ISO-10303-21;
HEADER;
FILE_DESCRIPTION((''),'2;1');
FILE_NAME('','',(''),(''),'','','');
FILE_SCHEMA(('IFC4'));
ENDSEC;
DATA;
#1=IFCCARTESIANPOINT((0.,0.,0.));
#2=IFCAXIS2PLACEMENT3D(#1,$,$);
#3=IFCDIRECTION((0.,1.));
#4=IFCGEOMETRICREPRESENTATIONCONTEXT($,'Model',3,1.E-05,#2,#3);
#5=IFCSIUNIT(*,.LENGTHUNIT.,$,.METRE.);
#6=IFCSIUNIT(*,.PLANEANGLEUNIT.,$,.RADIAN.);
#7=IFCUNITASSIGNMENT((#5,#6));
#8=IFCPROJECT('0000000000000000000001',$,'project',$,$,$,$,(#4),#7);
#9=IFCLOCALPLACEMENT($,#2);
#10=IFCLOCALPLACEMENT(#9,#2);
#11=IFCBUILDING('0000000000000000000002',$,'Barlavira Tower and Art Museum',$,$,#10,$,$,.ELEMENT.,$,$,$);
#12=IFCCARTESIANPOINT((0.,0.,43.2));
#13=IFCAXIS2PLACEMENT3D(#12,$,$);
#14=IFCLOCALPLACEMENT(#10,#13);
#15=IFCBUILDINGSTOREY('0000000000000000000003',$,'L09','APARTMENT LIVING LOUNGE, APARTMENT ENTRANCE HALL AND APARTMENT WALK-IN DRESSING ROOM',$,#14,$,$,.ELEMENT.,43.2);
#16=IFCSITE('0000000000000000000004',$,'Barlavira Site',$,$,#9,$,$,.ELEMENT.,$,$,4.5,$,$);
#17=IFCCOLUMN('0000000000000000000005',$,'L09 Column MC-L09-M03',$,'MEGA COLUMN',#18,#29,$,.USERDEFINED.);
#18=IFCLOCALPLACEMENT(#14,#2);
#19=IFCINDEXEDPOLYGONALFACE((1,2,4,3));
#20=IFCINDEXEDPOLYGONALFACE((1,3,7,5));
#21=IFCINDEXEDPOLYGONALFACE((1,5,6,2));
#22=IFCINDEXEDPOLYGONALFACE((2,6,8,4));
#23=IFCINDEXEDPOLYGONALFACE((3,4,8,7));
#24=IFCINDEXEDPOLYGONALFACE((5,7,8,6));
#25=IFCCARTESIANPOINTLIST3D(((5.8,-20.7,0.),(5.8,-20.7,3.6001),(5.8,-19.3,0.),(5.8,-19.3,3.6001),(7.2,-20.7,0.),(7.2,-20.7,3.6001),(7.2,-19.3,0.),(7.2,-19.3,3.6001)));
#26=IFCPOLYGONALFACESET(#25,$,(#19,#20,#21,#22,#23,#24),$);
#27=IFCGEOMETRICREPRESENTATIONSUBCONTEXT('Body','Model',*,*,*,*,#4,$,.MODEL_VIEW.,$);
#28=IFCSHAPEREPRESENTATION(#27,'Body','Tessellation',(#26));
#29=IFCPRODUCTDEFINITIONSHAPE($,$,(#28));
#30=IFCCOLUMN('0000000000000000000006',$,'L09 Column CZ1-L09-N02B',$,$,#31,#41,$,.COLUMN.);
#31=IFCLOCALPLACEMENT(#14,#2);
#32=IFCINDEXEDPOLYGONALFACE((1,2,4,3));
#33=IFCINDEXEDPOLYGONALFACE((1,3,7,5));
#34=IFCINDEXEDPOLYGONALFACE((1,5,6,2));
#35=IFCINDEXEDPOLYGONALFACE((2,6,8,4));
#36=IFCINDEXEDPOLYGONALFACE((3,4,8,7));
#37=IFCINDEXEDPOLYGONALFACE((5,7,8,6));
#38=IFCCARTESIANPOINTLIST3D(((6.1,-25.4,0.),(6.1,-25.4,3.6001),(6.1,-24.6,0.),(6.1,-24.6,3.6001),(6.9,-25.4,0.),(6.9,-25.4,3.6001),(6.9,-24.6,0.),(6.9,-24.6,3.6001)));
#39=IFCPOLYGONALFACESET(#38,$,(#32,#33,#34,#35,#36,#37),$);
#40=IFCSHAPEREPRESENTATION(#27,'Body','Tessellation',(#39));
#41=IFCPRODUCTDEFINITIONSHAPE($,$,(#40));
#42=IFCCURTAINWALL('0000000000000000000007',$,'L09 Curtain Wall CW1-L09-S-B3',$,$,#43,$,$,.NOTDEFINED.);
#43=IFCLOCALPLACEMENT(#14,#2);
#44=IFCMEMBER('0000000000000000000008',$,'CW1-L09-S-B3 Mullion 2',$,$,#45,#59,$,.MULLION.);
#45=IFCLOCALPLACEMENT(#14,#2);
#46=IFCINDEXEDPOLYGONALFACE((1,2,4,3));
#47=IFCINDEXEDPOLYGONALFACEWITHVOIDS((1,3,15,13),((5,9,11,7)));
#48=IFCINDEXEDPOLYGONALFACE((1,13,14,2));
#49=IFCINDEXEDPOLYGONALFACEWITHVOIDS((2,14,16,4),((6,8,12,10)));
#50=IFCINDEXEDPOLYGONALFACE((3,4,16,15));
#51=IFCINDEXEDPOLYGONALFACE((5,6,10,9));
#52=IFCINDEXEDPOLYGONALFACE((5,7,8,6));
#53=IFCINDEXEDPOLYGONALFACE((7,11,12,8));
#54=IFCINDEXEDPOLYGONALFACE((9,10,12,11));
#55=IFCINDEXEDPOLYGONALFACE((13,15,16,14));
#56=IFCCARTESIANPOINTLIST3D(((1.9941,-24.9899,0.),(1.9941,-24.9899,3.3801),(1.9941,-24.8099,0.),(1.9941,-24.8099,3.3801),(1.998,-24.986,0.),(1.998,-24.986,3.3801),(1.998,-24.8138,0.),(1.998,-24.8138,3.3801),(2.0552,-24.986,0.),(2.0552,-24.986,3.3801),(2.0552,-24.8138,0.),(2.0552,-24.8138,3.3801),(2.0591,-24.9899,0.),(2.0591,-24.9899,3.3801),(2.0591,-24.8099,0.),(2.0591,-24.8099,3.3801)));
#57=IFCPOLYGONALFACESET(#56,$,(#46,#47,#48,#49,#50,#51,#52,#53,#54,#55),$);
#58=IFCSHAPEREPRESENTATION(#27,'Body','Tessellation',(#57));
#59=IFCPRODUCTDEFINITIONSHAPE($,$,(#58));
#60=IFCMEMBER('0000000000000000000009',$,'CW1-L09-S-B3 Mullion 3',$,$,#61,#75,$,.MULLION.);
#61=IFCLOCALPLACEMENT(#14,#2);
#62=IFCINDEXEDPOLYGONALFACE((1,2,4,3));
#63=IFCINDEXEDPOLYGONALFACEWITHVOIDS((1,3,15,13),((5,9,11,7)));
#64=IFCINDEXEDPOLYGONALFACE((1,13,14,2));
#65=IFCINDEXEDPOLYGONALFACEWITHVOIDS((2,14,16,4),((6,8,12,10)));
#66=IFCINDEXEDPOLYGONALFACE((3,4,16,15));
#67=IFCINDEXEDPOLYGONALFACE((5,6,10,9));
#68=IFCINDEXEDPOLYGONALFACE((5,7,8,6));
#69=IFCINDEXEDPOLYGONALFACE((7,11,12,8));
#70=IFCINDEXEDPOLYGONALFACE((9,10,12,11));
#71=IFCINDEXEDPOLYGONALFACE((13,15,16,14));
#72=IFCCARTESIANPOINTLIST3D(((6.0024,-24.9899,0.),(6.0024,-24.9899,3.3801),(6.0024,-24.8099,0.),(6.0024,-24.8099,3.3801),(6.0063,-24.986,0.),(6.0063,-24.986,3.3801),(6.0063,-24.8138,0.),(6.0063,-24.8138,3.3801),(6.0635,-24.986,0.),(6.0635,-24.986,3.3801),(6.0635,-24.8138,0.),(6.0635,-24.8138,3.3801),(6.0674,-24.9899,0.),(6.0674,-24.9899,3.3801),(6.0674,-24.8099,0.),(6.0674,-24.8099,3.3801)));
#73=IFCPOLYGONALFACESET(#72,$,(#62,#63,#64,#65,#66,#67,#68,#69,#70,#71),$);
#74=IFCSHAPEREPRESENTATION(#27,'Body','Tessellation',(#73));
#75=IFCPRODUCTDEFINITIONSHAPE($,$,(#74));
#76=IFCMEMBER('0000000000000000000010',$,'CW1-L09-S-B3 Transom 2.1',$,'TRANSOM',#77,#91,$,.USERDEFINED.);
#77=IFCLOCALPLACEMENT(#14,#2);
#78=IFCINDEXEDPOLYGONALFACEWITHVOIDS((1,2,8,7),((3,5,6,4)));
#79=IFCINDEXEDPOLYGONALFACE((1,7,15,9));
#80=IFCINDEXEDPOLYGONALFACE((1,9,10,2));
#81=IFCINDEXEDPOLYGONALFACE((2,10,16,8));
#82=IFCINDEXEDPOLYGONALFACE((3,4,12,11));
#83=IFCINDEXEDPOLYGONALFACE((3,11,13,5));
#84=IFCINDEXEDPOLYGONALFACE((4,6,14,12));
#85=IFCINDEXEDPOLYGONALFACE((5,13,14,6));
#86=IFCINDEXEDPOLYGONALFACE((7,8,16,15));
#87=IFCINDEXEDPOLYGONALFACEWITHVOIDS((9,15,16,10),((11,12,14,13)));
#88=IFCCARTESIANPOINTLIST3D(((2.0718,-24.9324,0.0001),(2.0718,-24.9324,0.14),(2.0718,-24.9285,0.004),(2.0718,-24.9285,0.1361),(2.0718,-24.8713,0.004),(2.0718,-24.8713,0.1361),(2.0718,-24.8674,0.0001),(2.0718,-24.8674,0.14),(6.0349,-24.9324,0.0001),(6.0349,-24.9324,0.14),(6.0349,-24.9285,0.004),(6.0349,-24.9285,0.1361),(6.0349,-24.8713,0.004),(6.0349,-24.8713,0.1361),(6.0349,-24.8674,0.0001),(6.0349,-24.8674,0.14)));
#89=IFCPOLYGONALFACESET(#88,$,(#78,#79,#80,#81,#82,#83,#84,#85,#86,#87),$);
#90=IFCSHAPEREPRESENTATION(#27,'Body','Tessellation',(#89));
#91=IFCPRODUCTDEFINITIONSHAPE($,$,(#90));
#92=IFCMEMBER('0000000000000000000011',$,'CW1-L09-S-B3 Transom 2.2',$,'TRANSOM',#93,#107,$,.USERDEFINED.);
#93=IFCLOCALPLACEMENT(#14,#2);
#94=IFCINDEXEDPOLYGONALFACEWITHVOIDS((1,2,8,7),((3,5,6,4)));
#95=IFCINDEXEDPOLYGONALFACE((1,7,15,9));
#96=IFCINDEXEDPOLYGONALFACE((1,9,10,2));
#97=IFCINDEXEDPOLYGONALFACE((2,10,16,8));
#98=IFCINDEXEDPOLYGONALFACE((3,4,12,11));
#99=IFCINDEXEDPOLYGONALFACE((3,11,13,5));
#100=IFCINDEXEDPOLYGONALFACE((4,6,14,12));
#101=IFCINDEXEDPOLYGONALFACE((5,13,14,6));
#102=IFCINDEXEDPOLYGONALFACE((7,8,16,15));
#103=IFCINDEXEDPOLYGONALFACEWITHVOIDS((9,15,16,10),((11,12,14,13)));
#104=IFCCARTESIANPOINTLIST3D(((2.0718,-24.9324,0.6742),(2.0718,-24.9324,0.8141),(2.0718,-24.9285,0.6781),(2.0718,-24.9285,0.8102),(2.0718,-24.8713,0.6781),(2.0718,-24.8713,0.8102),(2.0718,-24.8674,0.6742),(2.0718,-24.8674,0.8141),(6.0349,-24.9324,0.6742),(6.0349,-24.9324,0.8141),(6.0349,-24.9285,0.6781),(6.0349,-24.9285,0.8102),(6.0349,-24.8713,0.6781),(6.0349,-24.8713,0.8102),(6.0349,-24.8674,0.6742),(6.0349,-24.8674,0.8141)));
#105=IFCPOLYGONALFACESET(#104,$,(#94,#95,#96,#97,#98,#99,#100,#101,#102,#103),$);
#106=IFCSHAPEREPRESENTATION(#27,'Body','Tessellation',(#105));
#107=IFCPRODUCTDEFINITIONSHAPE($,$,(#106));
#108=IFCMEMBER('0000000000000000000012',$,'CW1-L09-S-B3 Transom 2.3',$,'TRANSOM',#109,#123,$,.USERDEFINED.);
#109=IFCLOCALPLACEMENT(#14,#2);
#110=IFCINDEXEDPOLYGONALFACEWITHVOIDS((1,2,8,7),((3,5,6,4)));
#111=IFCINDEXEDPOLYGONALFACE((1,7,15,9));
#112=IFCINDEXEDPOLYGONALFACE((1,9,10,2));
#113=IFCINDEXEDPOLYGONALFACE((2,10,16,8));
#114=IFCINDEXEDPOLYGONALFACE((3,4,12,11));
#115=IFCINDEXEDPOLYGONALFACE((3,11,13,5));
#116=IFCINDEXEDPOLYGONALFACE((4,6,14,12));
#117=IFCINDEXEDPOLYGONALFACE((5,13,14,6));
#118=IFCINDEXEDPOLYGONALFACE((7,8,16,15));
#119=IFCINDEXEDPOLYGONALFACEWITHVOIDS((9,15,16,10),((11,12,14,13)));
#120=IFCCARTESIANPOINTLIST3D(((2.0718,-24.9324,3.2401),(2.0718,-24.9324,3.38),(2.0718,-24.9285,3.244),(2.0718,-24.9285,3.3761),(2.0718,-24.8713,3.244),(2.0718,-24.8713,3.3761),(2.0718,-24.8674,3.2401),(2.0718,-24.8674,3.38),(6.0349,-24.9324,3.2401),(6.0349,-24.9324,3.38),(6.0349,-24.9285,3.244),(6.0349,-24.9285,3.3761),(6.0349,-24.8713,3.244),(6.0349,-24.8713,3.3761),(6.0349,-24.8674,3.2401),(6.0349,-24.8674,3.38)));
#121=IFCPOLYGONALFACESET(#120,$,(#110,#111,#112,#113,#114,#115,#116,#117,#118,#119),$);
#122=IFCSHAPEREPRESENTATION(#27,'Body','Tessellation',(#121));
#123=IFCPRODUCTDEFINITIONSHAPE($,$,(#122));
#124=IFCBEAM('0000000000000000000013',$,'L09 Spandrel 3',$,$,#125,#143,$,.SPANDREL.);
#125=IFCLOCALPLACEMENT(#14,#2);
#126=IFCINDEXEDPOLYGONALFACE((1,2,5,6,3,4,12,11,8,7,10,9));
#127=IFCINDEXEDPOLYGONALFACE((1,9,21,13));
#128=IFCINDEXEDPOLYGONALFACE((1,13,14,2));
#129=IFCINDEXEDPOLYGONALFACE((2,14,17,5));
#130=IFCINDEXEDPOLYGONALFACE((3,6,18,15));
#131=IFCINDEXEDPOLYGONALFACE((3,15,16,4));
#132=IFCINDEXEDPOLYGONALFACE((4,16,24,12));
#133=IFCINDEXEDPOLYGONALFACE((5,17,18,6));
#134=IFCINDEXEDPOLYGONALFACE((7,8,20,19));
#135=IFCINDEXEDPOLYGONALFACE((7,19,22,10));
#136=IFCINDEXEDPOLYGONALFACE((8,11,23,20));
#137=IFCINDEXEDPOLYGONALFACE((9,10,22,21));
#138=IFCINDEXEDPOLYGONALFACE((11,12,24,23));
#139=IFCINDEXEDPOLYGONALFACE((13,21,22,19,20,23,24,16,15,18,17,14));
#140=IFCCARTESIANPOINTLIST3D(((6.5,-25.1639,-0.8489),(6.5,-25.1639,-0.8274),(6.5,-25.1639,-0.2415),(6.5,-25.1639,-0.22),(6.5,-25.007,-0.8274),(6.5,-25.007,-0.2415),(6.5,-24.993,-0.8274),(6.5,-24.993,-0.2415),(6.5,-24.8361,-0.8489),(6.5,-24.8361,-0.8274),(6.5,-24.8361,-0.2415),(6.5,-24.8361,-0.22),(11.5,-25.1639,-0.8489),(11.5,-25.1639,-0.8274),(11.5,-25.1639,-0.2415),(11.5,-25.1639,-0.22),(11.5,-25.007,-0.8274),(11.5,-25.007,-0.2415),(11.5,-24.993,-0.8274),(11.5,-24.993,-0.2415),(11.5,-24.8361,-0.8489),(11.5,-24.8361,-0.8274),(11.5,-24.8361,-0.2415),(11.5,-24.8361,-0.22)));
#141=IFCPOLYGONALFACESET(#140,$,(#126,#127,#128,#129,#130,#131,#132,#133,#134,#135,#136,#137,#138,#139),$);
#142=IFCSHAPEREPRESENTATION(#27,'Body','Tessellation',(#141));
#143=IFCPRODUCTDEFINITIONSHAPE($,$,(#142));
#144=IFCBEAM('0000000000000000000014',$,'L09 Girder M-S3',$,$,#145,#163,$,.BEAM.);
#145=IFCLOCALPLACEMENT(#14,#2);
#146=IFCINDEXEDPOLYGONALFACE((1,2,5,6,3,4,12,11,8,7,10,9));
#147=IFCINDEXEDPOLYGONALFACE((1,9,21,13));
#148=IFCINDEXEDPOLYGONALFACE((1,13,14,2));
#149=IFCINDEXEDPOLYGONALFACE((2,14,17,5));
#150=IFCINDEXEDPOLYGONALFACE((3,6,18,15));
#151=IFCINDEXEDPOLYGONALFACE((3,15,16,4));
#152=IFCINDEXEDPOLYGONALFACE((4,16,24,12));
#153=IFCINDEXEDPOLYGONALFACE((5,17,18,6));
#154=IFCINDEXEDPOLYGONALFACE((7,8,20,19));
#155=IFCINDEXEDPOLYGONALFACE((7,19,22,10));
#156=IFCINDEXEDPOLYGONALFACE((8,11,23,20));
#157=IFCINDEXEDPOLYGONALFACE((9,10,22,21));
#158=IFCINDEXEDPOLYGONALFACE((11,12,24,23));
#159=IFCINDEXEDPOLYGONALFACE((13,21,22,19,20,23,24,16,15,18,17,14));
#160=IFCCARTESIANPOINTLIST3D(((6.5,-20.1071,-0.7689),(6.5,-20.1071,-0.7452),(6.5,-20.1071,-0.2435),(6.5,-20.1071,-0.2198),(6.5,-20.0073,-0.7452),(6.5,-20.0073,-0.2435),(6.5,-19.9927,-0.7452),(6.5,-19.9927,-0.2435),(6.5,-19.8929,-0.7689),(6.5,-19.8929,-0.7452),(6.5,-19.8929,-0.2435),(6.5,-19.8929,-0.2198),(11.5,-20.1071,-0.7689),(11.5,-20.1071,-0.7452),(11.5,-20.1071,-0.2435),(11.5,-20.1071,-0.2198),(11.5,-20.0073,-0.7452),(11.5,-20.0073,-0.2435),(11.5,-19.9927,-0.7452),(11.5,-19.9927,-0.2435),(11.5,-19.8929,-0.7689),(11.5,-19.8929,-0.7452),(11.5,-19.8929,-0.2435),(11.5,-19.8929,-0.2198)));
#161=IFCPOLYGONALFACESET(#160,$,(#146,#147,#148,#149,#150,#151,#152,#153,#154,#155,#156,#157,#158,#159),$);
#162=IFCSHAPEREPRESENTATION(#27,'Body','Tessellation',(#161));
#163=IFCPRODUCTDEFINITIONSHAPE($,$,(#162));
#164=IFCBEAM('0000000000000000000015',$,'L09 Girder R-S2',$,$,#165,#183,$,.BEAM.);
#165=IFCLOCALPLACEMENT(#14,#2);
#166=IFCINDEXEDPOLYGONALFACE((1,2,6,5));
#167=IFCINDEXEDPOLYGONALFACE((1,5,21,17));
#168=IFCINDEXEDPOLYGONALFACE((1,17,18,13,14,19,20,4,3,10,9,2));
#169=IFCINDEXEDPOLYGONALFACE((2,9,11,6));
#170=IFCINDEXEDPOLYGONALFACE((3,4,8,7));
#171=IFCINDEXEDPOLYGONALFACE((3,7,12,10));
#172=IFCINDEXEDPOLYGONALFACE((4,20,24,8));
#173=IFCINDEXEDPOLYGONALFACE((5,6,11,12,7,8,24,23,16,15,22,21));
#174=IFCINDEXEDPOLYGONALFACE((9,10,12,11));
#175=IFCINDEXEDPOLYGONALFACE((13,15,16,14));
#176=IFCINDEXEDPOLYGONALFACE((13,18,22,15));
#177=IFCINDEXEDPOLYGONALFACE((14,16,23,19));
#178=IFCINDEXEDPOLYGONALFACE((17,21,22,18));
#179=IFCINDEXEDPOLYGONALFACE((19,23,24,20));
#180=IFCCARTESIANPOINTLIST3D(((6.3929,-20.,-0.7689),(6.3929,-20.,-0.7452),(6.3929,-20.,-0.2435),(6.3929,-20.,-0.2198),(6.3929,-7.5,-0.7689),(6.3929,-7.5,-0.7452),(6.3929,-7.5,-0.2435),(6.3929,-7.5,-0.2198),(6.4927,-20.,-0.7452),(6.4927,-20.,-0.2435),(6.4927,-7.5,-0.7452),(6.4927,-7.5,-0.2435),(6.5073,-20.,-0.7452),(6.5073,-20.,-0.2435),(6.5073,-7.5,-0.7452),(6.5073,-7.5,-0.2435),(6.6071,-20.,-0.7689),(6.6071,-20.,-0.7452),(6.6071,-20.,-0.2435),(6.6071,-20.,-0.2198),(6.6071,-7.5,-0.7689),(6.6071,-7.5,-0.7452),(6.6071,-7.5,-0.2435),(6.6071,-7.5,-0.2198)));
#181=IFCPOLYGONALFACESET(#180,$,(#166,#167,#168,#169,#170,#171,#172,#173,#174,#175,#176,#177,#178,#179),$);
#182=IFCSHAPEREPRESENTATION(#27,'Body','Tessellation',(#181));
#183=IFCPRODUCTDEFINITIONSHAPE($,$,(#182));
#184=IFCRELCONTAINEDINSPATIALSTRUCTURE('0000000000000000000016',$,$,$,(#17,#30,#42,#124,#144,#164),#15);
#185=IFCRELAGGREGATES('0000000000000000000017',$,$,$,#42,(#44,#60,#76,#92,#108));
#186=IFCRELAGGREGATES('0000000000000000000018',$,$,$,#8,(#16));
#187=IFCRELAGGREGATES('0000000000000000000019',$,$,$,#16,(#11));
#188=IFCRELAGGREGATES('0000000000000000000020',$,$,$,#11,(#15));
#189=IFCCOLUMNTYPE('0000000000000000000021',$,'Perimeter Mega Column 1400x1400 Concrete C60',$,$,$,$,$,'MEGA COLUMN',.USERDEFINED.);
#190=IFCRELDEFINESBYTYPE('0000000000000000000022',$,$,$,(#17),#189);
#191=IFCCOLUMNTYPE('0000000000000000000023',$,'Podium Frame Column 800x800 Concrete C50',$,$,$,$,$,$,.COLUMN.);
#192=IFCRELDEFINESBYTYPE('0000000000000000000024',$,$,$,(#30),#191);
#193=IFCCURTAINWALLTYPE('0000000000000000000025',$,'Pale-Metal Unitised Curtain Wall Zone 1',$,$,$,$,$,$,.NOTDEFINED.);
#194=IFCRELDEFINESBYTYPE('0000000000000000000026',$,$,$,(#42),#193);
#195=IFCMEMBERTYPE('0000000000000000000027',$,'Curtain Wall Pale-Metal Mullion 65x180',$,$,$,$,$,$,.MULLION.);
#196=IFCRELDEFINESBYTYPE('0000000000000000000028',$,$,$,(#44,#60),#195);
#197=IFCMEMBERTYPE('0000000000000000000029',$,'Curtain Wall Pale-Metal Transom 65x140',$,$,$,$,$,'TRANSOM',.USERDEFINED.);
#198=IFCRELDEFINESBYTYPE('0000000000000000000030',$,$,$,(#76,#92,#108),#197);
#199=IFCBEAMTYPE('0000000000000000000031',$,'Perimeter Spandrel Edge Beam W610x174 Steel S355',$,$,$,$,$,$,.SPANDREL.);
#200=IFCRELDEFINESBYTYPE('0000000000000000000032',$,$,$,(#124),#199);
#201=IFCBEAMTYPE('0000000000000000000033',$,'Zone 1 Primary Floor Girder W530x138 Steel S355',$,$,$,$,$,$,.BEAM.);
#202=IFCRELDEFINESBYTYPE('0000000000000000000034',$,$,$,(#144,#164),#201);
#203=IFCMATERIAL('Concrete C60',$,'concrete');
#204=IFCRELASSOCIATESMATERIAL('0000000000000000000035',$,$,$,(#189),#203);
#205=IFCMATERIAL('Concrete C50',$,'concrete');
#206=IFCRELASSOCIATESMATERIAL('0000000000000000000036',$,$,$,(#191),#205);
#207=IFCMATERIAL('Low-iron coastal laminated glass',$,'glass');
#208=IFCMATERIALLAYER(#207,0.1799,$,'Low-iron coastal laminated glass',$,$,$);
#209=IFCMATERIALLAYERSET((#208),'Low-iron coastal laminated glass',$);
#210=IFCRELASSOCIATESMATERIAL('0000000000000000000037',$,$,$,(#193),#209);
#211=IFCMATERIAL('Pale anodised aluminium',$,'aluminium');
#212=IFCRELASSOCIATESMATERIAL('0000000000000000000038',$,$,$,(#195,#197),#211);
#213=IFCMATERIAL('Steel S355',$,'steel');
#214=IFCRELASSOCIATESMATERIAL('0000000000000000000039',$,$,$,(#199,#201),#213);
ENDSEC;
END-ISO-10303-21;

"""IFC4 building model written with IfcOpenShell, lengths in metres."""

from ifc_helpers import new_model, si_unit, direction, frame, origin, origin_2d, place, context, subcontext, project, spatial, rectangle, hollow_rectangle, i_section, extrude, material, layer, layer_set, material_profile, profile_set, type_object, element, aggregate, save


model = new_model("IFC4")

# Units and contexts
model_context = context("Model", 3, precision=1e-05, world=origin(), true_north=direction((0.0, 1.0)))
body_context = subcontext(model_context, "Body", "Model", "MODEL_VIEW")
ifc_project = project(units=[si_unit("LENGTHUNIT", "METRE"), si_unit("PLANEANGLEUNIT", "RADIAN")], contexts=[model_context])

# Site, building, storey
site_placement = place(None, origin())
site = spatial("IfcSite", under=ifc_project, at=site_placement, Name="Barlavira Site", CompositionType="ELEMENT", RefElevation=4.5)
building_placement = place(site_placement, origin())
building = spatial("IfcBuilding", under=site, at=building_placement, Name="Barlavira Tower and Art Museum", CompositionType="ELEMENT")
storey_placement = place(building_placement, frame((0.0, 0.0, 43.2)))
storey = spatial("IfcBuildingStorey", under=building, at=storey_placement, Name="L09", Description="APARTMENT LIVING LOUNGE, APARTMENT ENTRANCE HALL AND APARTMENT WALK-IN DRESSING ROOM", CompositionType="ELEMENT", Elevation=43.2)

# Columns
ifc_material_1 = material(Name="Concrete C60", Category="concrete")
ifc_material_profile_1 = material_profile(ifc_material_1, rectangle(XDim=1.3999, YDim=1.3999, at=origin_2d()), Name="RC-MCOL 1400x1400")
ifc_profile_set_1 = profile_set([ifc_material_profile_1], Name="Concrete C60")
column_type_1 = type_object("IfcColumnType", Name="Perimeter Mega Column 1400x1400 Concrete C60", ElementType="MEGA COLUMN", PredefinedType="USERDEFINED", material=ifc_profile_set_1)
column_1_placement = place(storey_placement, frame((6.5, -20.0, 0.0), z_axis=(0.0, 0.0, 1.0), x_axis=(1.0, 0.0, 0.0)))
element("IfcColumn", 1, at=column_1_placement, inside=storey, type_object=column_type_1, Name="L09 Column MC-L09-M03", ObjectType="MEGA COLUMN", PredefinedType="USERDEFINED", context=body_context, shape_type="SweptSolid", body=[
    extrude(rectangle(XDim=1.3999, YDim=1.3999, at=origin_2d()), origin(), (0.0, 0.0, 1.0), 3.6001),
])
ifc_material_2 = material(Name="Concrete C50", Category="concrete")
ifc_material_profile_2 = material_profile(ifc_material_2, rectangle(XDim=0.8, YDim=0.8, at=origin_2d()), Name="RC-COL 800x800")
ifc_profile_set_2 = profile_set([ifc_material_profile_2], Name="Concrete C50")
column_type_2 = type_object("IfcColumnType", Name="Podium Frame Column 800x800 Concrete C50", PredefinedType="COLUMN", material=ifc_profile_set_2)
column_2_placement = place(storey_placement, frame((6.5, -25.0, 0.0), z_axis=(0.0, 0.0, 1.0), x_axis=(1.0, 0.0, 0.0)))
element("IfcColumn", 2, at=column_2_placement, inside=storey, type_object=column_type_2, Name="L09 Column CZ1-L09-N02B", PredefinedType="COLUMN", context=body_context, shape_type="SweptSolid", body=[
    extrude(rectangle(XDim=0.8, YDim=0.8, at=origin_2d()), origin(), (0.0, 0.0, 1.0), 3.6001),
])

# Curtain wall, members
ifc_material_3 = material(Name="Low-iron coastal laminated glass", Category="glass")
ifc_layer_1 = layer(ifc_material_3, 0.1799, Name="Low-iron coastal laminated glass")
ifc_layer_set_1 = layer_set([ifc_layer_1], Name="Low-iron coastal laminated glass")
curtain_wall_type = type_object("IfcCurtainWallType", Name="Pale-Metal Unitised Curtain Wall Zone 1", PredefinedType="NOTDEFINED", material=ifc_layer_set_1)
curtain_wall_placement = place(storey_placement, origin())
curtain_wall = element("IfcCurtainWall", 3, at=curtain_wall_placement, inside=storey, type_object=curtain_wall_type, Name="L09 Curtain Wall CW1-L09-S-B3", PredefinedType="NOTDEFINED")
ifc_material_4 = material(Name="Pale anodised aluminium", Category="aluminium")
ifc_material_profile_3 = material_profile(ifc_material_4, hollow_rectangle(XDim=0.0649, YDim=0.1799, WallThickness=0.0039, at=origin_2d()), Name="ALU-MULL 65x180x4")
ifc_profile_set_3 = profile_set([ifc_material_profile_3], Name="Pale anodised aluminium")
member_type_1 = type_object("IfcMemberType", Name="Curtain Wall Pale-Metal Mullion 65x180", PredefinedType="MULLION", material=ifc_profile_set_3)
member_1_placement = place(storey_placement, frame((2.0266, -24.8999, 0.0), z_axis=(0.0, 0.0, 1.0), x_axis=(1.0, 0.0, 0.0)))
member_1 = element("IfcMember", 4, at=member_1_placement, type_object=member_type_1, Name="CW1-L09-S-B3 Mullion 2", PredefinedType="MULLION", context=body_context, shape_type="SweptSolid", body=[
    extrude(hollow_rectangle(XDim=0.0649, YDim=0.1799, WallThickness=0.0039, at=origin_2d()), origin(), (0.0, 0.0, 1.0), 3.3801),
])
member_2_placement = place(storey_placement, frame((6.0349, -24.8999, 0.0), z_axis=(0.0, 0.0, 1.0), x_axis=(1.0, 0.0, 0.0)))
member_2 = element("IfcMember", 5, at=member_2_placement, type_object=member_type_1, Name="CW1-L09-S-B3 Mullion 3", PredefinedType="MULLION", context=body_context, shape_type="SweptSolid", body=[
    extrude(hollow_rectangle(XDim=0.0649, YDim=0.1799, WallThickness=0.0039, at=origin_2d()), origin(), (0.0, 0.0, 1.0), 3.3801),
])
ifc_material_profile_4 = material_profile(ifc_material_4, hollow_rectangle(XDim=0.0649, YDim=0.1399, WallThickness=0.0039, at=origin_2d()), Name="ALU-TRAN 65x140x4")
ifc_profile_set_4 = profile_set([ifc_material_profile_4], Name="Pale anodised aluminium")
member_type_2 = type_object("IfcMemberType", Name="Curtain Wall Pale-Metal Transom 65x140", ElementType="TRANSOM", PredefinedType="USERDEFINED", material=ifc_profile_set_4)
member_3_placement = place(storey_placement, frame((2.0718, -24.8999, 0.0701), z_axis=(1.0, 0.0, 0.0), x_axis=(0.0, 1.0, 0.0)))
member_3 = element("IfcMember", 6, at=member_3_placement, type_object=member_type_2, Name="CW1-L09-S-B3 Transom 2.1", ObjectType="TRANSOM", PredefinedType="USERDEFINED", context=body_context, shape_type="SweptSolid", body=[
    extrude(hollow_rectangle(XDim=0.0649, YDim=0.1399, WallThickness=0.0039, at=origin_2d()), origin(), (0.0, 0.0, 1.0), 3.9631),
])
member_4_placement = place(storey_placement, frame((2.0718, -24.8999, 0.7441), z_axis=(1.0, 0.0, 0.0), x_axis=(0.0, 1.0, 0.0)))
member_4 = element("IfcMember", 7, at=member_4_placement, type_object=member_type_2, Name="CW1-L09-S-B3 Transom 2.2", ObjectType="TRANSOM", PredefinedType="USERDEFINED", context=body_context, shape_type="SweptSolid", body=[
    extrude(hollow_rectangle(XDim=0.0649, YDim=0.1399, WallThickness=0.0039, at=origin_2d()), origin(), (0.0, 0.0, 1.0), 3.9631),
])
member_5_placement = place(storey_placement, frame((2.0718, -24.8999, 3.3101), z_axis=(1.0, 0.0, 0.0), x_axis=(0.0, 1.0, 0.0)))
member_5 = element("IfcMember", 8, at=member_5_placement, type_object=member_type_2, Name="CW1-L09-S-B3 Transom 2.3", ObjectType="TRANSOM", PredefinedType="USERDEFINED", context=body_context, shape_type="SweptSolid", body=[
    extrude(hollow_rectangle(XDim=0.0649, YDim=0.1399, WallThickness=0.0039, at=origin_2d()), origin(), (0.0, 0.0, 1.0), 3.9631),
])

# Beams
ifc_material_5 = material(Name="Steel S355", Category="steel")
ifc_material_profile_5 = material_profile(ifc_material_5, i_section(OverallWidth=0.3279, OverallDepth=0.6289, WebThickness=0.0139, FlangeThickness=0.0215, at=origin_2d()), Name="W610x174.0")
ifc_profile_set_5 = profile_set([ifc_material_profile_5], Name="Steel S355")
beam_type_1 = type_object("IfcBeamType", Name="Perimeter Spandrel Edge Beam W610x174 Steel S355", PredefinedType="SPANDREL", material=ifc_profile_set_5)
beam_1_placement = place(storey_placement, frame((6.5, -25.0, -0.5344), z_axis=(1.0, 0.0, 0.0), x_axis=(0.0, 1.0, 0.0)))
element("IfcBeam", 9, at=beam_1_placement, inside=storey, type_object=beam_type_1, Name="L09 Spandrel 3", PredefinedType="SPANDREL", context=body_context, shape_type="SweptSolid", body=[
    extrude(i_section(OverallWidth=0.3279, OverallDepth=0.6289, WebThickness=0.0139, FlangeThickness=0.0215, at=origin_2d()), origin(), (0.0, 0.0, 1.0), 5.0),
])
ifc_material_profile_6 = material_profile(ifc_material_5, i_section(OverallWidth=0.2141, OverallDepth=0.5491, WebThickness=0.0146, FlangeThickness=0.0237, at=origin_2d()), Name="W530x138.0")
ifc_profile_set_6 = profile_set([ifc_material_profile_6], Name="Steel S355")
beam_type_2 = type_object("IfcBeamType", Name="Zone 1 Primary Floor Girder W530x138 Steel S355", PredefinedType="BEAM", material=ifc_profile_set_6)
beam_2_placement = place(storey_placement, frame((6.5, -20.0, -0.4944), z_axis=(1.0, 0.0, 0.0), x_axis=(0.0, 1.0, 0.0)))
element("IfcBeam", 10, at=beam_2_placement, inside=storey, type_object=beam_type_2, Name="L09 Girder M-S3", PredefinedType="BEAM", context=body_context, shape_type="SweptSolid", body=[
    extrude(i_section(OverallWidth=0.2141, OverallDepth=0.5491, WebThickness=0.0146, FlangeThickness=0.0237, at=origin_2d()), origin(), (0.0, 0.0, 1.0), 5.0),
])
beam_3_placement = place(storey_placement, frame((6.5, -20.0, -0.4944), z_axis=(0.0, 1.0, 0.0), x_axis=(-1.0, 0.0, 0.0)))
element("IfcBeam", 11, at=beam_3_placement, inside=storey, type_object=beam_type_2, Name="L09 Girder R-S2", PredefinedType="BEAM", context=body_context, shape_type="SweptSolid", body=[
    extrude(i_section(OverallWidth=0.2141, OverallDepth=0.5491, WebThickness=0.0146, FlangeThickness=0.0237, at=origin_2d()), origin(), (0.0, 0.0, 1.0), 12.5),
])

aggregate(curtain_wall, [member_1, member_2, member_3, member_4, member_5])

save(model, "model.ifc")
